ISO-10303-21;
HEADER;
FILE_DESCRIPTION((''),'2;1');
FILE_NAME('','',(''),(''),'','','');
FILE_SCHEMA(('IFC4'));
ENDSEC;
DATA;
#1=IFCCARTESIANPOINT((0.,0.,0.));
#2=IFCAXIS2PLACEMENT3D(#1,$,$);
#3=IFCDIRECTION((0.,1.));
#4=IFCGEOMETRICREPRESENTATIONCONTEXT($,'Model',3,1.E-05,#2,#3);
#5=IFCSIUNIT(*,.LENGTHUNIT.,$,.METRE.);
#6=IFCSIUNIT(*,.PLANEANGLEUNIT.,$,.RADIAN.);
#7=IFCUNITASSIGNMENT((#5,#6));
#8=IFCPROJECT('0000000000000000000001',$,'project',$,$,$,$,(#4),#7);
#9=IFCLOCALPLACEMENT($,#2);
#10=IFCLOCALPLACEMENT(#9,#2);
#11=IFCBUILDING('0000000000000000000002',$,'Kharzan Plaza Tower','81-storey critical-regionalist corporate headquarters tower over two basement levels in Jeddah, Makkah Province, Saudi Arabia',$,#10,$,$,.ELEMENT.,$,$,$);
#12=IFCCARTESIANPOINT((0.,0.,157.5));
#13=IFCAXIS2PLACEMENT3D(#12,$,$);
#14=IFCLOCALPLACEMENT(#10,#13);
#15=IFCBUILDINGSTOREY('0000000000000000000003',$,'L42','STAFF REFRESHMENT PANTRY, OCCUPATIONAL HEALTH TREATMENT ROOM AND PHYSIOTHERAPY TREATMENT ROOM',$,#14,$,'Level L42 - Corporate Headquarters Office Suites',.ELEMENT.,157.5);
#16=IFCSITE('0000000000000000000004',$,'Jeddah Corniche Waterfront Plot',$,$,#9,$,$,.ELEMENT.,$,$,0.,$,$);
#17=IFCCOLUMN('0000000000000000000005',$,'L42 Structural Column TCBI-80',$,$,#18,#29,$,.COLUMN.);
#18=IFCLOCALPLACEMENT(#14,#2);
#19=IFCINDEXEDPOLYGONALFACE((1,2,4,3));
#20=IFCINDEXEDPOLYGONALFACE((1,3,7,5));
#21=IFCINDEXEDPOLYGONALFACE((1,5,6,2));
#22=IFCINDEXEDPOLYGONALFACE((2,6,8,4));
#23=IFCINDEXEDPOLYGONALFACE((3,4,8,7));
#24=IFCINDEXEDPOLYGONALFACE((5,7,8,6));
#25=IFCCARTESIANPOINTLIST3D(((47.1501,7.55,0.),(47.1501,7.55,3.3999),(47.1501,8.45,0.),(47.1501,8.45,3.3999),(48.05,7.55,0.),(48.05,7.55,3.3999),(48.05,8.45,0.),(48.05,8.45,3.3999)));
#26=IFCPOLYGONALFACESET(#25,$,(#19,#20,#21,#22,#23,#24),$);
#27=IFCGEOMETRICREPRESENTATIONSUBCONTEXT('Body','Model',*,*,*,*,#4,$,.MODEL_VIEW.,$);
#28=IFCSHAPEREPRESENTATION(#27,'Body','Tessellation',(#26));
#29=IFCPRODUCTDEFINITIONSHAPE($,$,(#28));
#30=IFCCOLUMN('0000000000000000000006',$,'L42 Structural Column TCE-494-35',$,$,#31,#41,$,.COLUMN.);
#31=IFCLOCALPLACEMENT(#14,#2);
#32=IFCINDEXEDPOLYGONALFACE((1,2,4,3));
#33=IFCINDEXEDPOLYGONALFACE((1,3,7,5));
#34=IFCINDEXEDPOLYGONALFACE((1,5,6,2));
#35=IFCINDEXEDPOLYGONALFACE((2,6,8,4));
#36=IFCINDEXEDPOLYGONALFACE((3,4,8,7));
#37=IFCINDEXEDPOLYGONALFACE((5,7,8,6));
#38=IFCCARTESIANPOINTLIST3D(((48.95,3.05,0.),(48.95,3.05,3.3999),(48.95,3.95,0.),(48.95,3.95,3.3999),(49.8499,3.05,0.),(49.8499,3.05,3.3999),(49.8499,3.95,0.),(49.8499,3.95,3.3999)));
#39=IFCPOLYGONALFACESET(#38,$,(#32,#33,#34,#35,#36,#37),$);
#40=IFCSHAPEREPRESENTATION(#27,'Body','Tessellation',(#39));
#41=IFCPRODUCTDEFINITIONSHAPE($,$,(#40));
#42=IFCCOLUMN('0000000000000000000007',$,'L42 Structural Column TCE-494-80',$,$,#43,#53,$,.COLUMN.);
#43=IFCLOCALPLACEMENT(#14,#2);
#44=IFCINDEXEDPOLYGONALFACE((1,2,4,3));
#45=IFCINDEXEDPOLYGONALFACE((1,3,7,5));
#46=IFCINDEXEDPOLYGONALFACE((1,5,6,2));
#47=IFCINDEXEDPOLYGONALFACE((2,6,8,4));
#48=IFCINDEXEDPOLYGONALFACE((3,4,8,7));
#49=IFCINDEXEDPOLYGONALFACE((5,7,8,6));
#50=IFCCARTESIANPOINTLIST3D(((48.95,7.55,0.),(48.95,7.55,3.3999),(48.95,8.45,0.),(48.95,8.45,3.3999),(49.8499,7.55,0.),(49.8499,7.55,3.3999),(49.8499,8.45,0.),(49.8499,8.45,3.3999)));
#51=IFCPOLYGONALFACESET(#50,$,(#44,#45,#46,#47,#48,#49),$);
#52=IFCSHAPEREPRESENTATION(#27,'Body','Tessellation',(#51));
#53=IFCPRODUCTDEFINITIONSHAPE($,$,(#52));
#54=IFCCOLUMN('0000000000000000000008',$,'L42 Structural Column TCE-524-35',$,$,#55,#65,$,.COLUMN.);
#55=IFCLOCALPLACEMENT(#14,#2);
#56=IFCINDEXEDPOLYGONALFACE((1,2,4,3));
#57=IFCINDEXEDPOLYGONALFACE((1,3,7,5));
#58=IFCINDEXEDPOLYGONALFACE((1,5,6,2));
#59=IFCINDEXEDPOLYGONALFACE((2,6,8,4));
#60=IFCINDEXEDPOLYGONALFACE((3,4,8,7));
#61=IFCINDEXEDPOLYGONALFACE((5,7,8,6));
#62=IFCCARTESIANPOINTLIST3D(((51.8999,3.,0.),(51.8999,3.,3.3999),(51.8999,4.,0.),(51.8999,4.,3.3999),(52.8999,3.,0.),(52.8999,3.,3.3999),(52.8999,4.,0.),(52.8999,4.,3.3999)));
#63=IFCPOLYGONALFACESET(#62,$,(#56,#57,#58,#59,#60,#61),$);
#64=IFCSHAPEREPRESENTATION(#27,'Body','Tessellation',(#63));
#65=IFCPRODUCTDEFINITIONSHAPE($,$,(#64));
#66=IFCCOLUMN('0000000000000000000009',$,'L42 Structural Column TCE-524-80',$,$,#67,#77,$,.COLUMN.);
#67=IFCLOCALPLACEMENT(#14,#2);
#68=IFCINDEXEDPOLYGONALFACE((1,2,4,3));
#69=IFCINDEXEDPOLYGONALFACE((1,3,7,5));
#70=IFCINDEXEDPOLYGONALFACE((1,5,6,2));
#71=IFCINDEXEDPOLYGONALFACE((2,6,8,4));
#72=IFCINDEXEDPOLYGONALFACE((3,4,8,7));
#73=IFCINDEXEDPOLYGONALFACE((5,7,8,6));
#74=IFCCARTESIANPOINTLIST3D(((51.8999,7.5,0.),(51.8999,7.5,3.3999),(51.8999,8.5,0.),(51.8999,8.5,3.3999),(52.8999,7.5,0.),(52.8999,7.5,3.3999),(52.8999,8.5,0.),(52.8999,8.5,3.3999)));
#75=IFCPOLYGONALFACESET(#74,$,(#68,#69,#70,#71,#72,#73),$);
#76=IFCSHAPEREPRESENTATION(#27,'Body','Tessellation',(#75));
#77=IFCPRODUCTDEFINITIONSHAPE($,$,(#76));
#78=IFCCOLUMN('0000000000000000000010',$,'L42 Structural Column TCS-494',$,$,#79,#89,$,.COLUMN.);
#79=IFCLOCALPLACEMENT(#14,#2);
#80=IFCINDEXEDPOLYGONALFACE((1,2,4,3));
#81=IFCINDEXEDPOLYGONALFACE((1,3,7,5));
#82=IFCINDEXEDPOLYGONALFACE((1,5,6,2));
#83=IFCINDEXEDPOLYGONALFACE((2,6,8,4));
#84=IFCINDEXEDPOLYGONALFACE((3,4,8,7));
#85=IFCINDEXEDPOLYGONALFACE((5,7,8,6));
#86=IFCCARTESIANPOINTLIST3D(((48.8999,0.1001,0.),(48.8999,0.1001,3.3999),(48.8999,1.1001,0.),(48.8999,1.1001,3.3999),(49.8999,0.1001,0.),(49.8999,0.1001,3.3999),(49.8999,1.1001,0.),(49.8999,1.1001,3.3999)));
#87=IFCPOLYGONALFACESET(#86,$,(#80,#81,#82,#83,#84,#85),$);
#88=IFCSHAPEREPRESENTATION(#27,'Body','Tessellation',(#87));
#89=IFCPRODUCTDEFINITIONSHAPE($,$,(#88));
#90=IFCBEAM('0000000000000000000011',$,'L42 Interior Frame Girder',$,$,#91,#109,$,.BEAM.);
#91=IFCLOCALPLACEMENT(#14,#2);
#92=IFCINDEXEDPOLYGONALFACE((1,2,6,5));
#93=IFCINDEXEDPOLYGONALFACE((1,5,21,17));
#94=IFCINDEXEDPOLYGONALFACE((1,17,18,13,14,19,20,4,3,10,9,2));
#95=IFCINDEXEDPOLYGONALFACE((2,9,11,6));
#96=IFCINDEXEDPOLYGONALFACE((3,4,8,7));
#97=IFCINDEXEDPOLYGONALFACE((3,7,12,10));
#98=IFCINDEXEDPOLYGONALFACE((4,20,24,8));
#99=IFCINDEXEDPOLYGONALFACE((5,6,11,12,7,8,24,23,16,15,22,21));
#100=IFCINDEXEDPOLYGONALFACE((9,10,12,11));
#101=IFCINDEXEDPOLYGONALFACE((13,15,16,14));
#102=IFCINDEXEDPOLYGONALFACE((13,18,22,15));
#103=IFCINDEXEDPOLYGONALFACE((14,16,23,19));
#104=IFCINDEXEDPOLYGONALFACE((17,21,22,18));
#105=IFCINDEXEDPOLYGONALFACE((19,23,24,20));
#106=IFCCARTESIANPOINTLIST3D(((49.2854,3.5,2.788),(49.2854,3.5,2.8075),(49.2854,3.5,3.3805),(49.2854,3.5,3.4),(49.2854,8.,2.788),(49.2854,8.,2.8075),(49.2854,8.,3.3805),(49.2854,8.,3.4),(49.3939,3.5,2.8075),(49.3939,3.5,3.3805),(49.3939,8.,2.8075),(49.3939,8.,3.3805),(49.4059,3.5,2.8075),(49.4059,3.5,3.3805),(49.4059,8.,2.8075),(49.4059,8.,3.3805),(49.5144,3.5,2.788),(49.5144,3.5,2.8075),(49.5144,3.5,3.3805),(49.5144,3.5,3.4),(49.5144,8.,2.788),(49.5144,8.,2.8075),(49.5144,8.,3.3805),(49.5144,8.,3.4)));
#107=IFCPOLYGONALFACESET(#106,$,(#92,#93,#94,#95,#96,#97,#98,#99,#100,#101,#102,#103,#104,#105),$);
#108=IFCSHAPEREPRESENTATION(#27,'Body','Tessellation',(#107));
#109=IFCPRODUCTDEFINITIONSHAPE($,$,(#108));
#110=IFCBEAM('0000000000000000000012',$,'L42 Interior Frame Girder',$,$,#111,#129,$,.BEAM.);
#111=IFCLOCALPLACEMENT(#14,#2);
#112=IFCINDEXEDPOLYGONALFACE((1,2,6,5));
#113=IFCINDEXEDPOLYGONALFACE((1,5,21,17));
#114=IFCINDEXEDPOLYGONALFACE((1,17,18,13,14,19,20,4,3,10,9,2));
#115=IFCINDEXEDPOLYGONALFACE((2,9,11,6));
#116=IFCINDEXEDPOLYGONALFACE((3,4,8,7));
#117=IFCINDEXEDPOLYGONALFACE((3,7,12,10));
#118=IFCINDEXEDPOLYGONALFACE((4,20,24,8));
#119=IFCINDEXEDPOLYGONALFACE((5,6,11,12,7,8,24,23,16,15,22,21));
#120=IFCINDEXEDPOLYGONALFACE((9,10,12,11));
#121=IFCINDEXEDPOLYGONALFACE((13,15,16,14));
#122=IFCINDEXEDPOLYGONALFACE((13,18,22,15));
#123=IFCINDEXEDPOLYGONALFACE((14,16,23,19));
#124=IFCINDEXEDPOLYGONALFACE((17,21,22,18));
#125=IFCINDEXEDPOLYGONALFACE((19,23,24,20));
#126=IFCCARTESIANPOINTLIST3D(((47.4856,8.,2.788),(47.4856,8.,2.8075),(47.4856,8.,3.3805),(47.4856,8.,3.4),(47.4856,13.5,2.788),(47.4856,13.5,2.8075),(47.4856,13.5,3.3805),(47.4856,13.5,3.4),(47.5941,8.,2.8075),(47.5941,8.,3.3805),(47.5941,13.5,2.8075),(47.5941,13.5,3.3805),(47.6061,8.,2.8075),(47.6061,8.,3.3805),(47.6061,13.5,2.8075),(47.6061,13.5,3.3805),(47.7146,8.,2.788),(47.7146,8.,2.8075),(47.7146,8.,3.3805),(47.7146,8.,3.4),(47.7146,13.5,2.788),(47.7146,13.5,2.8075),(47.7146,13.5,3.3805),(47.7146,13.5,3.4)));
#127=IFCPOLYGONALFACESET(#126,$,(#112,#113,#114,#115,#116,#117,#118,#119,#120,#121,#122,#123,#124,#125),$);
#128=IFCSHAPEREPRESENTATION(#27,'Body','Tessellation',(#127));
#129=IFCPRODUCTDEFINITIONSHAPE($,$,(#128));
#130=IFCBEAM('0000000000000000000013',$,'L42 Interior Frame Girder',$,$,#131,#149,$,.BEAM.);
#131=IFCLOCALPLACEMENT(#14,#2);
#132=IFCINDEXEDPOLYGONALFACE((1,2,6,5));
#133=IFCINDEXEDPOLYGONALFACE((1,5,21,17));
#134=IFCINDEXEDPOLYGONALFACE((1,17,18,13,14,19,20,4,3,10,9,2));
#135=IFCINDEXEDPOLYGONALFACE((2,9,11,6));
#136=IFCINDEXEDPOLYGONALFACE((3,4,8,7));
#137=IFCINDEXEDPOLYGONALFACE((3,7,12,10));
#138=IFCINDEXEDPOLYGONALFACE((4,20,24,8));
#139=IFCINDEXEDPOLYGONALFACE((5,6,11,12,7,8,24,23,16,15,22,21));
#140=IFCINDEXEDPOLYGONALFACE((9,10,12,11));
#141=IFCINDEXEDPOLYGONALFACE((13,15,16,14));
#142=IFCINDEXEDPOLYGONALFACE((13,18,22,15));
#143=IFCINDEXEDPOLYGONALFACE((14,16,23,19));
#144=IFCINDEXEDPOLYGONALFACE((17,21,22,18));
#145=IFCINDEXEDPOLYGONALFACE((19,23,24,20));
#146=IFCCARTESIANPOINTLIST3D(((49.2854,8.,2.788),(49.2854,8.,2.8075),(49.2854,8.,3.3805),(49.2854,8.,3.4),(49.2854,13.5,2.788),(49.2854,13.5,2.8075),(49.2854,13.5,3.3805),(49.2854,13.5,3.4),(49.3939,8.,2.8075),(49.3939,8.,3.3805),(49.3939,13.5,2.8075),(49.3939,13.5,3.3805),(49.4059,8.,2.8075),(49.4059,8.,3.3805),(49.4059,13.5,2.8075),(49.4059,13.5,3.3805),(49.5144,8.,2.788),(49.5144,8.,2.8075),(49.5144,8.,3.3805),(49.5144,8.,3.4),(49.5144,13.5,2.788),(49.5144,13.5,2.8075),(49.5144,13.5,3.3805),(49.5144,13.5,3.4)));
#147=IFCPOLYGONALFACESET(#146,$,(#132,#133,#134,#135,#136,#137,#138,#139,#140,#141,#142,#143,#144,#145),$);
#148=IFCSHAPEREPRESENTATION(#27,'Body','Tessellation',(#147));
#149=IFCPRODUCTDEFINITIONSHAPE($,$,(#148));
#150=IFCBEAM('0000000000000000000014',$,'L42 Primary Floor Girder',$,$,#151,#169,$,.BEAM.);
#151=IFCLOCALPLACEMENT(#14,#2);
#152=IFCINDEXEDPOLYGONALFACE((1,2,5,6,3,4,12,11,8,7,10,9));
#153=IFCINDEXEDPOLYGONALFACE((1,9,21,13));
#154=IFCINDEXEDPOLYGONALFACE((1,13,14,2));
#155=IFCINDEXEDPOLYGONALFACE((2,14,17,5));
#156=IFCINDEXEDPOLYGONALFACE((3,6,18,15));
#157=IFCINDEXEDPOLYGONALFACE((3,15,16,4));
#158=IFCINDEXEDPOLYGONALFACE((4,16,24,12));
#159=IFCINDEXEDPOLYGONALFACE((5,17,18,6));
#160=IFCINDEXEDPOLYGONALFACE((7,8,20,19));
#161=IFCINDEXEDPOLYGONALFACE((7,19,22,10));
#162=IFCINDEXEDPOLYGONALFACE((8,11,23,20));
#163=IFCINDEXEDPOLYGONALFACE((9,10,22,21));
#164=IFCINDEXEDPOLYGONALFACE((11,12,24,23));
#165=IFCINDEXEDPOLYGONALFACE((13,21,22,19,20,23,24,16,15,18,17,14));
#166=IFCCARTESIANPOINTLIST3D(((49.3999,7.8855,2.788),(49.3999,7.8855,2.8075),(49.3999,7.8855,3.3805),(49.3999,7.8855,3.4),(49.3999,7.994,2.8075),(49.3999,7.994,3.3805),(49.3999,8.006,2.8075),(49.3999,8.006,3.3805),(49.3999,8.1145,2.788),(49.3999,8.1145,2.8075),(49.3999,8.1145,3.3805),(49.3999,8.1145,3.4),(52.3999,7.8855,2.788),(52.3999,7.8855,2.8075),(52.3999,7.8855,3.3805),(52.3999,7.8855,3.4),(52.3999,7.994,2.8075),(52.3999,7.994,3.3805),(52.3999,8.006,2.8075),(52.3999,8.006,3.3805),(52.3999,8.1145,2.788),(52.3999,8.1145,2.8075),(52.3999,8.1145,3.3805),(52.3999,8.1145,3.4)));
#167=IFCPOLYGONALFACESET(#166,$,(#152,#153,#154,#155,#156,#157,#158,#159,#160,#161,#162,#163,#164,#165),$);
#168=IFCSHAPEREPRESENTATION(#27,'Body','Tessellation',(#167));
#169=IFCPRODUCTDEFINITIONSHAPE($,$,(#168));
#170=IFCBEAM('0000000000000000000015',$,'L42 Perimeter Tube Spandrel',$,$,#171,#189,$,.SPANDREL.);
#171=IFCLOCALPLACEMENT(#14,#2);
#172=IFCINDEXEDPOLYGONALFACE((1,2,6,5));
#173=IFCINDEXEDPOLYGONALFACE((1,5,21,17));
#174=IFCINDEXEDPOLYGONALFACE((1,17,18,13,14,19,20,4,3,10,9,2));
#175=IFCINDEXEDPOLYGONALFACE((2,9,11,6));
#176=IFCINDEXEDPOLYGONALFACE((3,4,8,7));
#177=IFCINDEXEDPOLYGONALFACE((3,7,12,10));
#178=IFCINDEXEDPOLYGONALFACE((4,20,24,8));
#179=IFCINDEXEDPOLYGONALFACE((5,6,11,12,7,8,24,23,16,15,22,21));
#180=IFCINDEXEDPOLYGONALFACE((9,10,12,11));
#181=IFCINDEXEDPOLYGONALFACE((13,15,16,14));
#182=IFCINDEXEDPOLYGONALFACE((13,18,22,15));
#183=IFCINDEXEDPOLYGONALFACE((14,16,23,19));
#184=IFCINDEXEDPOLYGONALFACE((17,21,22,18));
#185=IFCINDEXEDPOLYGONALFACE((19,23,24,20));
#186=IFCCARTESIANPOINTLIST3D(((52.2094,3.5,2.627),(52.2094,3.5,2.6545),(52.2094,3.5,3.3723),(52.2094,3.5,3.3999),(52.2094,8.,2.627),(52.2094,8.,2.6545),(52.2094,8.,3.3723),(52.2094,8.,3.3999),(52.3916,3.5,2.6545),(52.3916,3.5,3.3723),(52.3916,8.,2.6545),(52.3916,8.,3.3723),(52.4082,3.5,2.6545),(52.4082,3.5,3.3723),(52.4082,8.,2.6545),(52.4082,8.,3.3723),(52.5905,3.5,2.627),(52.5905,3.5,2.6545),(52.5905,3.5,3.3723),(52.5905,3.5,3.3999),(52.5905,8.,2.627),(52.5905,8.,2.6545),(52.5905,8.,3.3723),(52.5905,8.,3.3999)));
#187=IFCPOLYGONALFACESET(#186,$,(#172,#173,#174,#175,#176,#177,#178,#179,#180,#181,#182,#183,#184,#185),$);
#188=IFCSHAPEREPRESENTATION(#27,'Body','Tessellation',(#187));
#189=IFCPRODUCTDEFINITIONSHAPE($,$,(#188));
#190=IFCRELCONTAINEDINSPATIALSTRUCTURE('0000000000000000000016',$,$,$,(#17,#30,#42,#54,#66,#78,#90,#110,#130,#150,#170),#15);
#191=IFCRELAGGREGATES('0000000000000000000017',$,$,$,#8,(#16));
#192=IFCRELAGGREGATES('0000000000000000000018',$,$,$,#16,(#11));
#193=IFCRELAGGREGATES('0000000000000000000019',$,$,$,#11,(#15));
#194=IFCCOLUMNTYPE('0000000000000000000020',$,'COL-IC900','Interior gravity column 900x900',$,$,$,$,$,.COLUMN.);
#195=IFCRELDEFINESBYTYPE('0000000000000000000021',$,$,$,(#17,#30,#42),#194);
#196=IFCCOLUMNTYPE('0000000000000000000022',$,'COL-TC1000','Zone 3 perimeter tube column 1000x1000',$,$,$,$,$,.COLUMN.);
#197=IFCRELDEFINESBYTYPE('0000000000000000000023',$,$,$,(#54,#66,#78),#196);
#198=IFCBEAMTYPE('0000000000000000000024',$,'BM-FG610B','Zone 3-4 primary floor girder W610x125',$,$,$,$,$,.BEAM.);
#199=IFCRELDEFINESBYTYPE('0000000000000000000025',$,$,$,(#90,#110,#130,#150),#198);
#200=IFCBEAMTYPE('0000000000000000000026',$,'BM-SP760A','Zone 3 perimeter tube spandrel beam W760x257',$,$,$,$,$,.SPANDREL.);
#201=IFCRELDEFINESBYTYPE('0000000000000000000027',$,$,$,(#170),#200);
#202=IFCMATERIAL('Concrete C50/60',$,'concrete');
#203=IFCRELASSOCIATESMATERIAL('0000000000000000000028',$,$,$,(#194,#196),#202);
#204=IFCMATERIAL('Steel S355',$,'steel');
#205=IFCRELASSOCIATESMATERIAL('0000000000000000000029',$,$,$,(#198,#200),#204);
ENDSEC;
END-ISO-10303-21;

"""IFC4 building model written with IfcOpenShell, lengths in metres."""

from ifc_helpers import new_model, si_unit, direction, frame, origin, origin_2d, place, context, subcontext, project, spatial, rectangle, i_section, extrude, source, transform, mapped, material, material_profile, profile_set, type_object, element, save


model = new_model("IFC4")

# Units and contexts
model_context = context("Model", 3, precision=1e-05, world=origin(), true_north=direction((0.0, 1.0)))
body_context = subcontext(model_context, "Body", "Model", "MODEL_VIEW")
ifc_project = project(units=[si_unit("LENGTHUNIT", "METRE"), si_unit("PLANEANGLEUNIT", "RADIAN")], contexts=[model_context])

# Site, building, storey
site_placement = place(None, origin())
site = spatial("IfcSite", under=ifc_project, at=site_placement, Name="Jeddah Corniche Waterfront Plot", CompositionType="ELEMENT", RefElevation=0.0)
building_placement = place(site_placement, origin())
building = spatial("IfcBuilding", under=site, at=building_placement, Name="Kharzan Plaza Tower", Description="81-storey critical-regionalist corporate headquarters tower over two basement levels in Jeddah, Makkah Province, Saudi Arabia", CompositionType="ELEMENT")
storey_placement = place(building_placement, frame((0.0, 0.0, 157.5)))
storey = spatial("IfcBuildingStorey", under=building, at=storey_placement, Name="L42", Description="STAFF REFRESHMENT PANTRY, OCCUPATIONAL HEALTH TREATMENT ROOM AND PHYSIOTHERAPY TREATMENT ROOM", LongName="Level L42 - Corporate Headquarters Office Suites", CompositionType="ELEMENT", Elevation=157.5)

# Columns
ifc_material_1 = material(Name="Concrete C50/60", Category="concrete")
ifc_material_profile_1 = material_profile(ifc_material_1, rectangle(XDim=0.8999, YDim=0.8999, at=origin_2d()), Name="RC-IC900x900")
ifc_profile_set_1 = profile_set([ifc_material_profile_1], Name="Concrete C50/60")
column_type_1 = type_object("IfcColumnType", Name="COL-IC900", Description="Interior gravity column 900x900", PredefinedType="COLUMN", material=ifc_profile_set_1)
shared_shape_1 = source(origin(), body_context, "Body", "SweptSolid", [
    extrude(rectangle(XDim=0.8999, YDim=0.8999, at=origin_2d()), origin(), (0.0, 0.0, 1.0), 3.3999),
])
for number, where, z_axis, x_axis, name in (
    (1, (47.6001, 8.0, 0.0), (0.0, 0.0, 1.0), (1.0, 0.0, 0.0), "L42 Structural Column TCBI-80"),
    (2, (49.3999, 3.5, 0.0), (0.0, 0.0, 1.0), (1.0, 0.0, 0.0), "L42 Structural Column TCE-494-35"),
    (3, (49.3999, 8.0, 0.0), (0.0, 0.0, 1.0), (1.0, 0.0, 0.0), "L42 Structural Column TCE-494-80"),
):
    element("IfcColumn", number, at=place(storey_placement, frame(where, z_axis=z_axis, x_axis=x_axis)), inside=storey, type_object=column_type_1, Name=name, PredefinedType="COLUMN", context=body_context, shape_type="MappedRepresentation", body=[
        mapped(shared_shape_1, transform((0.0, 0.0, 0.0), x_axis=(1.0, 0.0, 0.0), y_axis=(0.0, 1.0, 0.0), z_axis=(0.0, 0.0, 1.0))),
    ])
ifc_material_profile_2 = material_profile(ifc_material_1, rectangle(XDim=1.0, YDim=1.0, at=origin_2d()), Name="RC-TC1000x1000")
ifc_profile_set_2 = profile_set([ifc_material_profile_2], Name="Concrete C50/60")
column_type_2 = type_object("IfcColumnType", Name="COL-TC1000", Description="Zone 3 perimeter tube column 1000x1000", PredefinedType="COLUMN", material=ifc_profile_set_2)
shared_shape_2 = source(origin(), body_context, "Body", "SweptSolid", [
    extrude(rectangle(XDim=1.0, YDim=1.0, at=origin_2d()), origin(), (0.0, 0.0, 1.0), 3.3999),
])
for number, where, z_axis, x_axis, name in (
    (4, (52.3999, 3.5, 0.0), (0.0, 0.0, 1.0), (1.0, 0.0, 0.0), "L42 Structural Column TCE-524-35"),
    (5, (52.3999, 8.0, 0.0), (0.0, 0.0, 1.0), (1.0, 0.0, 0.0), "L42 Structural Column TCE-524-80"),
    (6, (49.3999, 0.6001, 0.0), (0.0, 0.0, 1.0), (1.0, 0.0, 0.0), "L42 Structural Column TCS-494"),
):
    element("IfcColumn", number, at=place(storey_placement, frame(where, z_axis=z_axis, x_axis=x_axis)), inside=storey, type_object=column_type_2, Name=name, PredefinedType="COLUMN", context=body_context, shape_type="MappedRepresentation", body=[
        mapped(shared_shape_2, transform((0.0, 0.0, 0.0), x_axis=(1.0, 0.0, 0.0), y_axis=(0.0, 1.0, 0.0), z_axis=(0.0, 0.0, 1.0))),
    ])

# Beams
ifc_material_2 = material(Name="Steel S355", Category="steel")
ifc_material_profile_3 = material_profile(ifc_material_2, i_section(OverallWidth=0.229, OverallDepth=0.6121, WebThickness=0.012, FlangeThickness=0.0195, at=origin_2d()), Name="W610x125")
ifc_profile_set_3 = profile_set([ifc_material_profile_3], Name="Steel S355")
beam_type_1 = type_object("IfcBeamType", Name="BM-FG610B", Description="Zone 3-4 primary floor girder W610x125", PredefinedType="BEAM", material=ifc_profile_set_3)
shared_shape_3 = source(origin(), body_context, "Body", "SweptSolid", [
    extrude(i_section(OverallWidth=0.229, OverallDepth=0.6121, WebThickness=0.012, FlangeThickness=0.0195, at=origin_2d()), origin(), (0.0, 0.0, 1.0), 4.5),
])
beam_1_placement = place(storey_placement, frame((49.3999, 3.5, 3.094), z_axis=(0.0, 1.0, 0.0), x_axis=(-1.0, 0.0, 0.0)))
element("IfcBeam", 7, at=beam_1_placement, inside=storey, type_object=beam_type_1, Name="L42 Interior Frame Girder", PredefinedType="BEAM", context=body_context, shape_type="MappedRepresentation", body=[
    mapped(shared_shape_3, transform((0.0, 0.0, 0.0), x_axis=(1.0, 0.0, 0.0), y_axis=(0.0, 1.0, 0.0), z_axis=(0.0, 0.0, 1.0))),
])
shared_shape_4 = source(origin(), body_context, "Body", "SweptSolid", [
    extrude(i_section(OverallWidth=0.229, OverallDepth=0.6121, WebThickness=0.012, FlangeThickness=0.0195, at=origin_2d()), origin(), (0.0, 0.0, 1.0), 5.5),
])
for number, where, z_axis, x_axis, name in (
    (8, (47.6001, 8.0, 3.094), (0.0, 1.0, 0.0), (-1.0, 0.0, 0.0), "L42 Interior Frame Girder"),
    (9, (49.3999, 8.0, 3.094), (0.0, 1.0, 0.0), (-1.0, 0.0, 0.0), "L42 Interior Frame Girder"),
):
    element("IfcBeam", number, at=place(storey_placement, frame(where, z_axis=z_axis, x_axis=x_axis)), inside=storey, type_object=beam_type_1, Name=name, PredefinedType="BEAM", context=body_context, shape_type="MappedRepresentation", body=[
        mapped(shared_shape_4, transform((0.0, 0.0, 0.0), x_axis=(1.0, 0.0, 0.0), y_axis=(0.0, 1.0, 0.0), z_axis=(0.0, 0.0, 1.0))),
    ])
shared_shape_5 = source(origin(), body_context, "Body", "SweptSolid", [
    extrude(i_section(OverallWidth=0.229, OverallDepth=0.6121, WebThickness=0.012, FlangeThickness=0.0195, at=origin_2d()), origin(), (0.0, 0.0, 1.0), 3.0),
])
beam_2_placement = place(storey_placement, frame((49.3999, 8.0, 3.094), z_axis=(1.0, 0.0, 0.0), x_axis=(0.0, 1.0, 0.0)))
element("IfcBeam", 10, at=beam_2_placement, inside=storey, type_object=beam_type_1, Name="L42 Primary Floor Girder", PredefinedType="BEAM", context=body_context, shape_type="MappedRepresentation", body=[
    mapped(shared_shape_5, transform((0.0, 0.0, 0.0), x_axis=(1.0, 0.0, 0.0), y_axis=(0.0, 1.0, 0.0), z_axis=(0.0, 0.0, 1.0))),
])
ifc_material_profile_4 = material_profile(ifc_material_2, i_section(OverallWidth=0.3811, OverallDepth=0.7729, WebThickness=0.0166, FlangeThickness=0.0276, at=origin_2d()), Name="W760x257")
ifc_profile_set_4 = profile_set([ifc_material_profile_4], Name="Steel S355")
beam_type_2 = type_object("IfcBeamType", Name="BM-SP760A", Description="Zone 3 perimeter tube spandrel beam W760x257", PredefinedType="SPANDREL", material=ifc_profile_set_4)
shared_shape_6 = source(origin(), body_context, "Body", "SweptSolid", [
    extrude(i_section(OverallWidth=0.3811, OverallDepth=0.7729, WebThickness=0.0166, FlangeThickness=0.0276, at=origin_2d()), origin(), (0.0, 0.0, 1.0), 4.5),
])
beam_3_placement = place(storey_placement, frame((52.3999, 3.5, 3.0134), z_axis=(0.0, 1.0, 0.0), x_axis=(-1.0, 0.0, 0.0)))
element("IfcBeam", 11, at=beam_3_placement, inside=storey, type_object=beam_type_2, Name="L42 Perimeter Tube Spandrel", PredefinedType="SPANDREL", context=body_context, shape_type="MappedRepresentation", body=[
    mapped(shared_shape_6, transform((0.0, 0.0, 0.0), x_axis=(1.0, 0.0, 0.0), y_axis=(0.0, 1.0, 0.0), z_axis=(0.0, 0.0, 1.0))),
])

save(model, "model.ifc")
